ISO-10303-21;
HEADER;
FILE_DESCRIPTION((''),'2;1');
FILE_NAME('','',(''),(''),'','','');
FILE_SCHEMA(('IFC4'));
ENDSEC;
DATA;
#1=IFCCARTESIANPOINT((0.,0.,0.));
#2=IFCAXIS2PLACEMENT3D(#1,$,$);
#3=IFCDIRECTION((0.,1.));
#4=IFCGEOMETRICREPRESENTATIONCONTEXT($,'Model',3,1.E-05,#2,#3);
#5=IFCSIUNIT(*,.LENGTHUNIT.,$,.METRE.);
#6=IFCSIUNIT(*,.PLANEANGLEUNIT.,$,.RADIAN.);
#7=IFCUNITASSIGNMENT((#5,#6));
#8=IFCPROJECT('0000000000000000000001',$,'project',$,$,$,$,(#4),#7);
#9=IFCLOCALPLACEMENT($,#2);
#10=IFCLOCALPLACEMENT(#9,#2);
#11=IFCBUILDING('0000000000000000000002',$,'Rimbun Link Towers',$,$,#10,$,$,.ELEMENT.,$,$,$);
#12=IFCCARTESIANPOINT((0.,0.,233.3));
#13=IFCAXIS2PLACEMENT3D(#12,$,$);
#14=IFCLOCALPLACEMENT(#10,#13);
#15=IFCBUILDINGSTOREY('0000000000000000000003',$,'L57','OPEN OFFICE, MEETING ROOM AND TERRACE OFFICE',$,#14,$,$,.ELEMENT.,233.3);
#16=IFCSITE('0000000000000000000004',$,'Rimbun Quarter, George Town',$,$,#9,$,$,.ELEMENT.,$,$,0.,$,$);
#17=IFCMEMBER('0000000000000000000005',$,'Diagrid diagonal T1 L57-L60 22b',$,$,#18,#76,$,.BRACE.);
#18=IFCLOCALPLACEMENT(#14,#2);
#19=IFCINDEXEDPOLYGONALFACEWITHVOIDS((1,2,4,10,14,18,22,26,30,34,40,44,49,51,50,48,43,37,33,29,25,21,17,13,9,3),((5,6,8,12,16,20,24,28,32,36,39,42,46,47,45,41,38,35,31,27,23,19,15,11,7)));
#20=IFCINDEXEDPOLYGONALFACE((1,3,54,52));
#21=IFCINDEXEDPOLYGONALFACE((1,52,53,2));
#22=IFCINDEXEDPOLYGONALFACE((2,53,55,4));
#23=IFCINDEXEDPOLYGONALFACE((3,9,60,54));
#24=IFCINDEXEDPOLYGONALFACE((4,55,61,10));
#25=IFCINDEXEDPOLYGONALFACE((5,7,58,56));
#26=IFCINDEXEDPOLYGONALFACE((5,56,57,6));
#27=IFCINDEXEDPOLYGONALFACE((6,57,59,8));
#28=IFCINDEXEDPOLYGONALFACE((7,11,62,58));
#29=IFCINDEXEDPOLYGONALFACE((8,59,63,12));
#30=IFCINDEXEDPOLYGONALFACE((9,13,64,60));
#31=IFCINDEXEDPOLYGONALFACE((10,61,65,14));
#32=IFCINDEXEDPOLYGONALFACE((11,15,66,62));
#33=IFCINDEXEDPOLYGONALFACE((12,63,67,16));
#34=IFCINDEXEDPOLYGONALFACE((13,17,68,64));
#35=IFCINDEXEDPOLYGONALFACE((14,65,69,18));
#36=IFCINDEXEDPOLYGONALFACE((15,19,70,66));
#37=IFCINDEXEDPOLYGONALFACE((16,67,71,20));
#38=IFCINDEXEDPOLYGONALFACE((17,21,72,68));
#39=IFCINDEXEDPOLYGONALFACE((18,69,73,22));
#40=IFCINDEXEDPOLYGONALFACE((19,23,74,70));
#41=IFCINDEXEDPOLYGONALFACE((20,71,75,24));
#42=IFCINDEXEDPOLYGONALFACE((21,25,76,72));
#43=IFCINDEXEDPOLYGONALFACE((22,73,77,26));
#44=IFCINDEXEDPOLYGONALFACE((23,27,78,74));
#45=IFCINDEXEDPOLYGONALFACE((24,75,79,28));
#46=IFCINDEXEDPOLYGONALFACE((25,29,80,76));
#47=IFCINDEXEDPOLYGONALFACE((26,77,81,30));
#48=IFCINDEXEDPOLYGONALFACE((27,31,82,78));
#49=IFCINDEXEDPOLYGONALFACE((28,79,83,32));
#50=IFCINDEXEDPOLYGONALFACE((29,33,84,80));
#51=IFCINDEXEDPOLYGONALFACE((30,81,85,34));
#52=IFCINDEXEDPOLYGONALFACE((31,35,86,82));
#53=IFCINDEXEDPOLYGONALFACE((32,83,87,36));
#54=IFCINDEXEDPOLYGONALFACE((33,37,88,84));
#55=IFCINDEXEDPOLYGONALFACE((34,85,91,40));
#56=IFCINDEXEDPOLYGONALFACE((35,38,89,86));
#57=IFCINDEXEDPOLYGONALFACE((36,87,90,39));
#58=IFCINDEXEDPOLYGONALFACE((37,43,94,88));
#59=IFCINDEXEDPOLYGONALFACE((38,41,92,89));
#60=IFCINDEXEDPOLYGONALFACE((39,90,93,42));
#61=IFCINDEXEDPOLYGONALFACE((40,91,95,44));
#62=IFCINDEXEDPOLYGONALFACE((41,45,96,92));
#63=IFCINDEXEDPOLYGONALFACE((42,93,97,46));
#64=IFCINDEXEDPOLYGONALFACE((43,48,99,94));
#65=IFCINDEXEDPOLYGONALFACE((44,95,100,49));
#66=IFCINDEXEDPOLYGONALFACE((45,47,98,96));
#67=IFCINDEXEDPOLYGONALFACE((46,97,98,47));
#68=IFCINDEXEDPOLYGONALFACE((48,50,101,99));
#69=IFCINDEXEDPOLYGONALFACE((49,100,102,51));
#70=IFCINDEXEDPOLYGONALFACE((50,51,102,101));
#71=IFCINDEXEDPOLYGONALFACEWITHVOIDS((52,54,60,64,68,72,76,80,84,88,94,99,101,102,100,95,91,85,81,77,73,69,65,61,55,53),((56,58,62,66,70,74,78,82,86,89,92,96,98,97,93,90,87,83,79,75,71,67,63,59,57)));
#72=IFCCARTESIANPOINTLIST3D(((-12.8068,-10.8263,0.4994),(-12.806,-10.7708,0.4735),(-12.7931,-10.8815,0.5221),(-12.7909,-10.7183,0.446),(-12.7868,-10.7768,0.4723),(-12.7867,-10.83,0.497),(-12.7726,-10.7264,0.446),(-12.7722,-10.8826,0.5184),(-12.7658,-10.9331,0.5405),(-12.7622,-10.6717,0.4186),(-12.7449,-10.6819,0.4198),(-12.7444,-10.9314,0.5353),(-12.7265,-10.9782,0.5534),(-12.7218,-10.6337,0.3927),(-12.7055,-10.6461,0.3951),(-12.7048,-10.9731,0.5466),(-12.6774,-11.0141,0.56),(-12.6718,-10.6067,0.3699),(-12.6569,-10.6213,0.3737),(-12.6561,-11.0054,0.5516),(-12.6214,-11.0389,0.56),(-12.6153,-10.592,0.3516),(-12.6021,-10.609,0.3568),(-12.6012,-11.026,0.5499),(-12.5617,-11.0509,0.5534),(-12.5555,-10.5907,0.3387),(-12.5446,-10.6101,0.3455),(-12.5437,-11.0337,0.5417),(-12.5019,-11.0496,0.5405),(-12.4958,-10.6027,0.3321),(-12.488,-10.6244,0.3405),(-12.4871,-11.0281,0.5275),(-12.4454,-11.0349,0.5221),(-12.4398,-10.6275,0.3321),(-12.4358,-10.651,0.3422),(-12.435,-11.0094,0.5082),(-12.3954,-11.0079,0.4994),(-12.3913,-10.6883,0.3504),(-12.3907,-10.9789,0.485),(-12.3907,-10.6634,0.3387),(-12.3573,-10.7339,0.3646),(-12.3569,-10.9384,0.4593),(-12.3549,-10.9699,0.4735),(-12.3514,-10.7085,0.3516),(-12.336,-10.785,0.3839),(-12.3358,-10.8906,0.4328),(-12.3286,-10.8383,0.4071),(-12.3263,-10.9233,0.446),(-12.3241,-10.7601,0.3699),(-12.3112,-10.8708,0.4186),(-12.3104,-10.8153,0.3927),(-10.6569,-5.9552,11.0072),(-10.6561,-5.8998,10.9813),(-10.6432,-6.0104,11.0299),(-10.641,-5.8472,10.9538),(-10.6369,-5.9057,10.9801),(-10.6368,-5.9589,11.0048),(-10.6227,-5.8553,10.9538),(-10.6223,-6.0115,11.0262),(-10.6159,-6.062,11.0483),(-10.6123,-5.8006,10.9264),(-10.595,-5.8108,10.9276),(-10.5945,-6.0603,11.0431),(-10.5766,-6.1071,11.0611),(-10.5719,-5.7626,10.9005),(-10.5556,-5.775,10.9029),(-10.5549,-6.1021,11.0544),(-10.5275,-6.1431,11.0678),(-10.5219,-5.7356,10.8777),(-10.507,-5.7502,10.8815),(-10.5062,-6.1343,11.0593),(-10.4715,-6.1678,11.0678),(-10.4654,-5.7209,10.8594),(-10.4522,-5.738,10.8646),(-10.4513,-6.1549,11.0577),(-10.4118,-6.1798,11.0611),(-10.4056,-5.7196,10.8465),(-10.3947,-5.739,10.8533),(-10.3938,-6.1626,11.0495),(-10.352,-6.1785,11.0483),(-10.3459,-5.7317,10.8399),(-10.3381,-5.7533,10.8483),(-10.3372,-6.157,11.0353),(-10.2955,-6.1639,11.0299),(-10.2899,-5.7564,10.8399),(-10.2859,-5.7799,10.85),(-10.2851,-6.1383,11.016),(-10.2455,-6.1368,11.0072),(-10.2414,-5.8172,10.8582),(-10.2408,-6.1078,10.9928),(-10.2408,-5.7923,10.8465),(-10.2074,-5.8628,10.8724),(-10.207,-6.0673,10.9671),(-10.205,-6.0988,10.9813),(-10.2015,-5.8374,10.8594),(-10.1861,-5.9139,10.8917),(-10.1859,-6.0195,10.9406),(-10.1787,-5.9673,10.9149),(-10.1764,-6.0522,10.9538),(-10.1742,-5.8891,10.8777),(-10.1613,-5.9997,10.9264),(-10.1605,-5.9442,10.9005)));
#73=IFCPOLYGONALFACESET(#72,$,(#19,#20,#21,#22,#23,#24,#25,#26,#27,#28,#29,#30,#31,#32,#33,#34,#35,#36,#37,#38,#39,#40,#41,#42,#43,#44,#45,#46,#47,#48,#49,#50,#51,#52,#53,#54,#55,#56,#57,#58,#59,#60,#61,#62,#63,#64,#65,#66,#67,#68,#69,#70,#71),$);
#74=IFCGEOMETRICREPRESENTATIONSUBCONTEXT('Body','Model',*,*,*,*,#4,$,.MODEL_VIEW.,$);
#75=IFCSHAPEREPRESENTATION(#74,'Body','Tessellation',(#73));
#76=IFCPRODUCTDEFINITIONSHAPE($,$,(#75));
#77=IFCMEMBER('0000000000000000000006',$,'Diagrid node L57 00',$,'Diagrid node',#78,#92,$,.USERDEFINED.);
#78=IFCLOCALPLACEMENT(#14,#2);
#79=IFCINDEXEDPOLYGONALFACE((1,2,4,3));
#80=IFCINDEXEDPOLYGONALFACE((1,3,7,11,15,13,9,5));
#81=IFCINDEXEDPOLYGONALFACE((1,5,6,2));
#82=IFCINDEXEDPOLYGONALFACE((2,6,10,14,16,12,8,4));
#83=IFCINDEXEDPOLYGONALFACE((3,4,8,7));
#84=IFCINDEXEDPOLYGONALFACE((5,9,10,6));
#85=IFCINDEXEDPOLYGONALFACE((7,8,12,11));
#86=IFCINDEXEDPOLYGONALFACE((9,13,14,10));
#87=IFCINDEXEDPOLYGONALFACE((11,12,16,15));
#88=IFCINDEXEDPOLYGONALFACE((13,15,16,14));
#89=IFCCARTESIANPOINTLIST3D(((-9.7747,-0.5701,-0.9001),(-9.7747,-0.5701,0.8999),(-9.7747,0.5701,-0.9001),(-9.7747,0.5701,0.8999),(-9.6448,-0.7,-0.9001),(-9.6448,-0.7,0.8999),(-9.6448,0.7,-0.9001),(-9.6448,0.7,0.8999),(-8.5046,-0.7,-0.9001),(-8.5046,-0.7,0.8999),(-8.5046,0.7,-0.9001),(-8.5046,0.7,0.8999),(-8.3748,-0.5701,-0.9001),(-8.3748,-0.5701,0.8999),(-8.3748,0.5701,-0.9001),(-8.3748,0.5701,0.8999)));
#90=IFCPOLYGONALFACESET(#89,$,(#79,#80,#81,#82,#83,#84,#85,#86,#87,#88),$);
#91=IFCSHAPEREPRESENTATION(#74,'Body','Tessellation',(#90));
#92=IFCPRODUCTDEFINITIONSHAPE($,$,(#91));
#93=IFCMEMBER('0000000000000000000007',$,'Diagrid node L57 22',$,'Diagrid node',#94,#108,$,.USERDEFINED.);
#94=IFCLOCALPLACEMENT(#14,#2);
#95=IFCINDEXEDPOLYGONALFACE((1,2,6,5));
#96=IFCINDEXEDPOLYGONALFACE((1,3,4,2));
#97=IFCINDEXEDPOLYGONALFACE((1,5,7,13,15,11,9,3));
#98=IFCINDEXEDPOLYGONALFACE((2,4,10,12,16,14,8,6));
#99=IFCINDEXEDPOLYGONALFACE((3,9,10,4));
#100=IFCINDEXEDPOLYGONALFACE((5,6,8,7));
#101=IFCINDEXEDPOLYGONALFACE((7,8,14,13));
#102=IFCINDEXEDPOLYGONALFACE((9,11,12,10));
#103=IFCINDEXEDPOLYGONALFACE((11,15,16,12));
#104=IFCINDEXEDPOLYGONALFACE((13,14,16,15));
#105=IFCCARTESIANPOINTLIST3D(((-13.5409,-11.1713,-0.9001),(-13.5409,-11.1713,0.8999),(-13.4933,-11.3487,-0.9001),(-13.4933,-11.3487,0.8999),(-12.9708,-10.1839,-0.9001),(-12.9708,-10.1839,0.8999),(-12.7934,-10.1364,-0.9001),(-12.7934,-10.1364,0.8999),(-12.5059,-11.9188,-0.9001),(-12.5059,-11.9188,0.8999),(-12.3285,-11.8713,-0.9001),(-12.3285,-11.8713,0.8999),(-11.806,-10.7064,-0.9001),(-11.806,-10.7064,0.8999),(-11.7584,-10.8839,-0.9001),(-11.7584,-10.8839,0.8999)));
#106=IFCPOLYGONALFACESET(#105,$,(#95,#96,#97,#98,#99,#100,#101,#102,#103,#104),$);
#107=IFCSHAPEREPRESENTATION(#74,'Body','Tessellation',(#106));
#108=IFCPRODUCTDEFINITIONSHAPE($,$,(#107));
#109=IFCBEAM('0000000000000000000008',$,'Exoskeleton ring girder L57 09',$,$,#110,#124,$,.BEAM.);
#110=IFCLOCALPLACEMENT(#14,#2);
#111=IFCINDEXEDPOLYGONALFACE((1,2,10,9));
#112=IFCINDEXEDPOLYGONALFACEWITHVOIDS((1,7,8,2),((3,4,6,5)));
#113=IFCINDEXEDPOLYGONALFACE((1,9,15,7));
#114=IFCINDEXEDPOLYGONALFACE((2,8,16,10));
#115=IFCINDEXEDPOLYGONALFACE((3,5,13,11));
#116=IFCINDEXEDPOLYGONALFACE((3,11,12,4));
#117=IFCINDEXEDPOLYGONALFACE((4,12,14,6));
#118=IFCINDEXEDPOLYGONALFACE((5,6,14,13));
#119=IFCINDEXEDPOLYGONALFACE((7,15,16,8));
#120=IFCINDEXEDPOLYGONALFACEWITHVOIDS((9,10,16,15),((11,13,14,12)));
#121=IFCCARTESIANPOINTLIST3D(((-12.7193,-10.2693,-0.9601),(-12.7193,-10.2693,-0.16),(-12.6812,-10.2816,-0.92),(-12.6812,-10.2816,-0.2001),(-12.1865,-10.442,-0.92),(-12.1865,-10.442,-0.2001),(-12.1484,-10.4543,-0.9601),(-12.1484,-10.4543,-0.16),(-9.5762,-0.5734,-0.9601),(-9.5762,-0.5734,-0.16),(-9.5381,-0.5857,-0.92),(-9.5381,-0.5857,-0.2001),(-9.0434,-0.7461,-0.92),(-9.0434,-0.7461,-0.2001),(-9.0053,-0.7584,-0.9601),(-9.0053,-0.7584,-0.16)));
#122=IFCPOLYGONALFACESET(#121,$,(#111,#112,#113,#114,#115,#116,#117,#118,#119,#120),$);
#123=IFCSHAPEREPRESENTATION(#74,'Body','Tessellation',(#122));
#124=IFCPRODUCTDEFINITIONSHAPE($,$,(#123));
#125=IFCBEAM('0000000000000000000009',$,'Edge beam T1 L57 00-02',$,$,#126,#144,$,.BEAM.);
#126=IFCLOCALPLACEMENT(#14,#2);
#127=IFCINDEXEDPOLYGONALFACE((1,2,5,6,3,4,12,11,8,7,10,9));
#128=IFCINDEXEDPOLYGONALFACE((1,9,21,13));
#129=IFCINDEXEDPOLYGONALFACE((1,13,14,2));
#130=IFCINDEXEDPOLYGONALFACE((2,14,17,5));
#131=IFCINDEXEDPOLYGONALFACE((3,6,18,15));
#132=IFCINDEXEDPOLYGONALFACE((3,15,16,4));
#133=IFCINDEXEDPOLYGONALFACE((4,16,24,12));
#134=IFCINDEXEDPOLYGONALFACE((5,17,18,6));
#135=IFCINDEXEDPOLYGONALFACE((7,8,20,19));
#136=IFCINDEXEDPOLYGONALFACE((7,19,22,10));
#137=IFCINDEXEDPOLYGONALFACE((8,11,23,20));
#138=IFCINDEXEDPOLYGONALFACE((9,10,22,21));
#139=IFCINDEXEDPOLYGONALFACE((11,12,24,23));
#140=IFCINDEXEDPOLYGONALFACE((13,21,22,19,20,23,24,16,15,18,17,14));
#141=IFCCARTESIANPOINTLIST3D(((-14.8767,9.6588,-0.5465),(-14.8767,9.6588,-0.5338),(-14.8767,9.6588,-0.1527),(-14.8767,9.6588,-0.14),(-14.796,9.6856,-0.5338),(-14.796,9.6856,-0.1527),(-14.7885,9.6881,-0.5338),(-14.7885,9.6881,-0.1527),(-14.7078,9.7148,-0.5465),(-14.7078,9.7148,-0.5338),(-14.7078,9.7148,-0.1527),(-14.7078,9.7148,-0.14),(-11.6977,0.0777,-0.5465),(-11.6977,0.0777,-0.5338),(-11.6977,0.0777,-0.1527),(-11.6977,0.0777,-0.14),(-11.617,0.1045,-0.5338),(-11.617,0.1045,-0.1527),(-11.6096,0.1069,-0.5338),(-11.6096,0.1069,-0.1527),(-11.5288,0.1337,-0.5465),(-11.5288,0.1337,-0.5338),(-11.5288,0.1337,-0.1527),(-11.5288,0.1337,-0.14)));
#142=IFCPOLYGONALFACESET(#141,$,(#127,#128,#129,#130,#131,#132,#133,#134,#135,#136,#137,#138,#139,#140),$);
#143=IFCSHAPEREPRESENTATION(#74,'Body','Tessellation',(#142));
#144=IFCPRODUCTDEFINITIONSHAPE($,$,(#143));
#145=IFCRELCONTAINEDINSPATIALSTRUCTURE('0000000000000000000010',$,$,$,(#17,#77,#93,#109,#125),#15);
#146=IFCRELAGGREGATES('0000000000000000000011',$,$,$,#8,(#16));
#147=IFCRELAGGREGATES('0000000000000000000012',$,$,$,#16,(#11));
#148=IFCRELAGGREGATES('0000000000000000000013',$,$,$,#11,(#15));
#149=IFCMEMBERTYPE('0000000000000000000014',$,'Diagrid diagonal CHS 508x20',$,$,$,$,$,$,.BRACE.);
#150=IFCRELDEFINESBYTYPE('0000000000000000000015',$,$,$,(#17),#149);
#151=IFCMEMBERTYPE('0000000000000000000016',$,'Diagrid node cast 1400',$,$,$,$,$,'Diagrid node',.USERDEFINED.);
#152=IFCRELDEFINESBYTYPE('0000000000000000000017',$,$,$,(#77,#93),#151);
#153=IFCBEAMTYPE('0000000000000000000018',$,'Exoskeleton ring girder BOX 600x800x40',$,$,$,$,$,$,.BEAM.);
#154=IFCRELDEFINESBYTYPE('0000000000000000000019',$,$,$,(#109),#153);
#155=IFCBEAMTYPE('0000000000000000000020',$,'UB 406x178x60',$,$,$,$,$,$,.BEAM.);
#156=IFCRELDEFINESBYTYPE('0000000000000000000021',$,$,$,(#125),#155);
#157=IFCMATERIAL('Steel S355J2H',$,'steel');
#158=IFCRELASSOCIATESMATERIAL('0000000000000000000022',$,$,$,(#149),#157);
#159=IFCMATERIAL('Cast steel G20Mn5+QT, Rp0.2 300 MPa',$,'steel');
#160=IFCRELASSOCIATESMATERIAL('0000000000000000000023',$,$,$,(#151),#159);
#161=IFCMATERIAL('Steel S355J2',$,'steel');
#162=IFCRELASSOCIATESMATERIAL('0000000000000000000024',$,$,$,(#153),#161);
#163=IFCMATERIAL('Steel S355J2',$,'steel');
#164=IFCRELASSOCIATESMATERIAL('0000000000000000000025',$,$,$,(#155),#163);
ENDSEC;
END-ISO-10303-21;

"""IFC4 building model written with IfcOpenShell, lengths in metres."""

from ifc_helpers import new_model, si_unit, direction, frame, origin, origin_2d, place, context, subcontext, project, spatial, polyline, hollow_rectangle, hollow_circle, i_section, outline, extrude, material, material_profile, profile_set, type_object, element, save


model = new_model("IFC4")

# Units and contexts
model_context = context("Model", 3, precision=1e-05, world=origin(), true_north=direction((0.0, 1.0)))
body_context = subcontext(model_context, "Body", "Model", "MODEL_VIEW")
ifc_project = project(units=[si_unit("LENGTHUNIT", "METRE"), si_unit("PLANEANGLEUNIT", "RADIAN")], contexts=[model_context])

# Site, building, storey
site_placement = place(None, origin())
site = spatial("IfcSite", under=ifc_project, at=site_placement, Name="Rimbun Quarter, George Town", CompositionType="ELEMENT", RefElevation=0.0)
building_placement = place(site_placement, origin())
building = spatial("IfcBuilding", under=site, at=building_placement, Name="Rimbun Link Towers", CompositionType="ELEMENT")
storey_placement = place(building_placement, frame((0.0, 0.0, 233.3)))
storey = spatial("IfcBuildingStorey", under=building, at=storey_placement, Name="L57", Description="OPEN OFFICE, MEETING ROOM AND TERRACE OFFICE", CompositionType="ELEMENT", Elevation=233.3)

# Members
ifc_material_1 = material(Name="Steel S355J2H", Category="steel")
ifc_material_profile_1 = material_profile(ifc_material_1, hollow_circle(Radius=0.2539, WallThickness=0.02, at=origin_2d()), Name="Diagrid diagonal CHS 508x20")
ifc_profile_set_1 = profile_set([ifc_material_profile_1], Name="Steel S355J2H")
member_type_1 = type_object("IfcMemberType", Name="Diagrid diagonal CHS 508x20", PredefinedType="BRACE", material=ifc_profile_set_1)
member_1_placement = place(storey_placement, frame((-12.5586, -10.8208, 0.446), z_axis=(0.182507, 0.413512, 0.892019), x_axis=(-0.914856, 0.40378, 0.0)))
element("IfcMember", 1, at=member_1_placement, inside=storey, type_object=member_type_1, Name="Diagrid diagonal T1 L57-L60 22b", PredefinedType="BRACE", context=body_context, shape_type="SweptSolid", body=[
    extrude(hollow_circle(Radius=0.2539, WallThickness=0.02, at=origin_2d()), origin(), (0.0, 0.0, 1.0), 11.7798),
])
ifc_material_2 = material(Name="Cast steel G20Mn5+QT, Rp0.2 300 MPa", Category="steel")
ifc_material_profile_2 = material_profile(ifc_material_2, outline(polyline([(0.7, -0.5701), (0.7, 0.5701), (0.5701, 0.7), (-0.5701, 0.7), (-0.7, 0.5701), (-0.7, -0.5701), (-0.5701, -0.7), (0.5701, -0.7), (0.7, -0.5701)])), Name="NODE 1400x1400")
ifc_profile_set_2 = profile_set([ifc_material_profile_2], Name="Cast steel G20Mn5+QT, Rp0.2 300 MPa")
member_type_2 = type_object("IfcMemberType", Name="Diagrid node cast 1400", ElementType="Diagrid node", PredefinedType="USERDEFINED", material=ifc_profile_set_2)
for number, where, z_axis, x_axis, name in (
    (2, (-9.0747, 0.0, -0.9001), (0.0, 0.0, 1.0), (1.0, 0.0, 0.0), "Diagrid node L57 00"),
    (3, (-12.6497, -11.0276, -0.9001), (0.0, 0.0, 1.0), (0.866025, -0.5, 0.0), "Diagrid node L57 22"),
):
    element("IfcMember", number, at=place(storey_placement, frame(where, z_axis=z_axis, x_axis=x_axis)), inside=storey, type_object=member_type_2, Name=name, ObjectType="Diagrid node", PredefinedType="USERDEFINED", context=body_context, shape_type="SweptSolid", body=[
        extrude(outline(polyline([(0.7, -0.5701), (0.7, 0.5701), (0.5701, 0.7), (-0.5701, 0.7), (-0.7, 0.5701), (-0.7, -0.5701), (-0.5701, -0.7), (0.5701, -0.7), (0.7, -0.5701)])), origin(), (0.0, 0.0, 1.0), 1.8),
    ])

# Beams
ifc_material_3 = material(Name="Steel S355J2", Category="steel")
ifc_material_profile_3 = material_profile(ifc_material_3, hollow_rectangle(XDim=0.6001, YDim=0.8, WallThickness=0.04, at=origin_2d()), Name="Exoskeleton ring girder BOX 600x800x40")
ifc_profile_set_3 = profile_set([ifc_material_profile_3], Name="Steel S355J2")
beam_type_1 = type_object("IfcBeamType", Name="Exoskeleton ring girder BOX 600x800x40", PredefinedType="BEAM", material=ifc_profile_set_3)
beam_1_placement = place(storey_placement, frame((-12.4338, -10.3618, -0.5601), z_axis=(0.30837, 0.951267, 0.0), x_axis=(-0.951267, 0.30837, 0.0)))
element("IfcBeam", 4, at=beam_1_placement, inside=storey, type_object=beam_type_1, Name="Exoskeleton ring girder L57 09", PredefinedType="BEAM", context=body_context, shape_type="SweptSolid", body=[
    extrude(hollow_rectangle(XDim=0.6001, YDim=0.8, WallThickness=0.04, at=origin_2d()), origin(), (0.0, 0.0, 1.0), 10.1926),
])
ifc_material_4 = material(Name="Steel S355J2", Category="steel")
ifc_material_profile_4 = material_profile(ifc_material_4, i_section(OverallWidth=0.178, OverallDepth=0.4065, WebThickness=0.0078, FlangeThickness=0.0127, at=origin_2d()), Name="UB 406x178x60")
ifc_profile_set_4 = profile_set([ifc_material_profile_4], Name="Steel S355J2")
beam_type_2 = type_object("IfcBeamType", Name="UB 406x178x60", PredefinedType="BEAM", material=ifc_profile_set_4)
beam_2_placement = place(storey_placement, frame((-11.6133, 0.1057, -0.3433), z_axis=(-0.314914, 0.94912, 0.0), x_axis=(-0.94912, -0.314914, 0.0)))
element("IfcBeam", 5, at=beam_2_placement, inside=storey, type_object=beam_type_2, Name="Edge beam T1 L57 00-02", PredefinedType="BEAM", context=body_context, shape_type="SweptSolid", body=[
    extrude(i_section(OverallWidth=0.178, OverallDepth=0.4065, WebThickness=0.0078, FlangeThickness=0.0127, at=origin_2d()), origin(), (0.0, 0.0, 1.0), 10.0947),
])

save(model, "model.ifc")
